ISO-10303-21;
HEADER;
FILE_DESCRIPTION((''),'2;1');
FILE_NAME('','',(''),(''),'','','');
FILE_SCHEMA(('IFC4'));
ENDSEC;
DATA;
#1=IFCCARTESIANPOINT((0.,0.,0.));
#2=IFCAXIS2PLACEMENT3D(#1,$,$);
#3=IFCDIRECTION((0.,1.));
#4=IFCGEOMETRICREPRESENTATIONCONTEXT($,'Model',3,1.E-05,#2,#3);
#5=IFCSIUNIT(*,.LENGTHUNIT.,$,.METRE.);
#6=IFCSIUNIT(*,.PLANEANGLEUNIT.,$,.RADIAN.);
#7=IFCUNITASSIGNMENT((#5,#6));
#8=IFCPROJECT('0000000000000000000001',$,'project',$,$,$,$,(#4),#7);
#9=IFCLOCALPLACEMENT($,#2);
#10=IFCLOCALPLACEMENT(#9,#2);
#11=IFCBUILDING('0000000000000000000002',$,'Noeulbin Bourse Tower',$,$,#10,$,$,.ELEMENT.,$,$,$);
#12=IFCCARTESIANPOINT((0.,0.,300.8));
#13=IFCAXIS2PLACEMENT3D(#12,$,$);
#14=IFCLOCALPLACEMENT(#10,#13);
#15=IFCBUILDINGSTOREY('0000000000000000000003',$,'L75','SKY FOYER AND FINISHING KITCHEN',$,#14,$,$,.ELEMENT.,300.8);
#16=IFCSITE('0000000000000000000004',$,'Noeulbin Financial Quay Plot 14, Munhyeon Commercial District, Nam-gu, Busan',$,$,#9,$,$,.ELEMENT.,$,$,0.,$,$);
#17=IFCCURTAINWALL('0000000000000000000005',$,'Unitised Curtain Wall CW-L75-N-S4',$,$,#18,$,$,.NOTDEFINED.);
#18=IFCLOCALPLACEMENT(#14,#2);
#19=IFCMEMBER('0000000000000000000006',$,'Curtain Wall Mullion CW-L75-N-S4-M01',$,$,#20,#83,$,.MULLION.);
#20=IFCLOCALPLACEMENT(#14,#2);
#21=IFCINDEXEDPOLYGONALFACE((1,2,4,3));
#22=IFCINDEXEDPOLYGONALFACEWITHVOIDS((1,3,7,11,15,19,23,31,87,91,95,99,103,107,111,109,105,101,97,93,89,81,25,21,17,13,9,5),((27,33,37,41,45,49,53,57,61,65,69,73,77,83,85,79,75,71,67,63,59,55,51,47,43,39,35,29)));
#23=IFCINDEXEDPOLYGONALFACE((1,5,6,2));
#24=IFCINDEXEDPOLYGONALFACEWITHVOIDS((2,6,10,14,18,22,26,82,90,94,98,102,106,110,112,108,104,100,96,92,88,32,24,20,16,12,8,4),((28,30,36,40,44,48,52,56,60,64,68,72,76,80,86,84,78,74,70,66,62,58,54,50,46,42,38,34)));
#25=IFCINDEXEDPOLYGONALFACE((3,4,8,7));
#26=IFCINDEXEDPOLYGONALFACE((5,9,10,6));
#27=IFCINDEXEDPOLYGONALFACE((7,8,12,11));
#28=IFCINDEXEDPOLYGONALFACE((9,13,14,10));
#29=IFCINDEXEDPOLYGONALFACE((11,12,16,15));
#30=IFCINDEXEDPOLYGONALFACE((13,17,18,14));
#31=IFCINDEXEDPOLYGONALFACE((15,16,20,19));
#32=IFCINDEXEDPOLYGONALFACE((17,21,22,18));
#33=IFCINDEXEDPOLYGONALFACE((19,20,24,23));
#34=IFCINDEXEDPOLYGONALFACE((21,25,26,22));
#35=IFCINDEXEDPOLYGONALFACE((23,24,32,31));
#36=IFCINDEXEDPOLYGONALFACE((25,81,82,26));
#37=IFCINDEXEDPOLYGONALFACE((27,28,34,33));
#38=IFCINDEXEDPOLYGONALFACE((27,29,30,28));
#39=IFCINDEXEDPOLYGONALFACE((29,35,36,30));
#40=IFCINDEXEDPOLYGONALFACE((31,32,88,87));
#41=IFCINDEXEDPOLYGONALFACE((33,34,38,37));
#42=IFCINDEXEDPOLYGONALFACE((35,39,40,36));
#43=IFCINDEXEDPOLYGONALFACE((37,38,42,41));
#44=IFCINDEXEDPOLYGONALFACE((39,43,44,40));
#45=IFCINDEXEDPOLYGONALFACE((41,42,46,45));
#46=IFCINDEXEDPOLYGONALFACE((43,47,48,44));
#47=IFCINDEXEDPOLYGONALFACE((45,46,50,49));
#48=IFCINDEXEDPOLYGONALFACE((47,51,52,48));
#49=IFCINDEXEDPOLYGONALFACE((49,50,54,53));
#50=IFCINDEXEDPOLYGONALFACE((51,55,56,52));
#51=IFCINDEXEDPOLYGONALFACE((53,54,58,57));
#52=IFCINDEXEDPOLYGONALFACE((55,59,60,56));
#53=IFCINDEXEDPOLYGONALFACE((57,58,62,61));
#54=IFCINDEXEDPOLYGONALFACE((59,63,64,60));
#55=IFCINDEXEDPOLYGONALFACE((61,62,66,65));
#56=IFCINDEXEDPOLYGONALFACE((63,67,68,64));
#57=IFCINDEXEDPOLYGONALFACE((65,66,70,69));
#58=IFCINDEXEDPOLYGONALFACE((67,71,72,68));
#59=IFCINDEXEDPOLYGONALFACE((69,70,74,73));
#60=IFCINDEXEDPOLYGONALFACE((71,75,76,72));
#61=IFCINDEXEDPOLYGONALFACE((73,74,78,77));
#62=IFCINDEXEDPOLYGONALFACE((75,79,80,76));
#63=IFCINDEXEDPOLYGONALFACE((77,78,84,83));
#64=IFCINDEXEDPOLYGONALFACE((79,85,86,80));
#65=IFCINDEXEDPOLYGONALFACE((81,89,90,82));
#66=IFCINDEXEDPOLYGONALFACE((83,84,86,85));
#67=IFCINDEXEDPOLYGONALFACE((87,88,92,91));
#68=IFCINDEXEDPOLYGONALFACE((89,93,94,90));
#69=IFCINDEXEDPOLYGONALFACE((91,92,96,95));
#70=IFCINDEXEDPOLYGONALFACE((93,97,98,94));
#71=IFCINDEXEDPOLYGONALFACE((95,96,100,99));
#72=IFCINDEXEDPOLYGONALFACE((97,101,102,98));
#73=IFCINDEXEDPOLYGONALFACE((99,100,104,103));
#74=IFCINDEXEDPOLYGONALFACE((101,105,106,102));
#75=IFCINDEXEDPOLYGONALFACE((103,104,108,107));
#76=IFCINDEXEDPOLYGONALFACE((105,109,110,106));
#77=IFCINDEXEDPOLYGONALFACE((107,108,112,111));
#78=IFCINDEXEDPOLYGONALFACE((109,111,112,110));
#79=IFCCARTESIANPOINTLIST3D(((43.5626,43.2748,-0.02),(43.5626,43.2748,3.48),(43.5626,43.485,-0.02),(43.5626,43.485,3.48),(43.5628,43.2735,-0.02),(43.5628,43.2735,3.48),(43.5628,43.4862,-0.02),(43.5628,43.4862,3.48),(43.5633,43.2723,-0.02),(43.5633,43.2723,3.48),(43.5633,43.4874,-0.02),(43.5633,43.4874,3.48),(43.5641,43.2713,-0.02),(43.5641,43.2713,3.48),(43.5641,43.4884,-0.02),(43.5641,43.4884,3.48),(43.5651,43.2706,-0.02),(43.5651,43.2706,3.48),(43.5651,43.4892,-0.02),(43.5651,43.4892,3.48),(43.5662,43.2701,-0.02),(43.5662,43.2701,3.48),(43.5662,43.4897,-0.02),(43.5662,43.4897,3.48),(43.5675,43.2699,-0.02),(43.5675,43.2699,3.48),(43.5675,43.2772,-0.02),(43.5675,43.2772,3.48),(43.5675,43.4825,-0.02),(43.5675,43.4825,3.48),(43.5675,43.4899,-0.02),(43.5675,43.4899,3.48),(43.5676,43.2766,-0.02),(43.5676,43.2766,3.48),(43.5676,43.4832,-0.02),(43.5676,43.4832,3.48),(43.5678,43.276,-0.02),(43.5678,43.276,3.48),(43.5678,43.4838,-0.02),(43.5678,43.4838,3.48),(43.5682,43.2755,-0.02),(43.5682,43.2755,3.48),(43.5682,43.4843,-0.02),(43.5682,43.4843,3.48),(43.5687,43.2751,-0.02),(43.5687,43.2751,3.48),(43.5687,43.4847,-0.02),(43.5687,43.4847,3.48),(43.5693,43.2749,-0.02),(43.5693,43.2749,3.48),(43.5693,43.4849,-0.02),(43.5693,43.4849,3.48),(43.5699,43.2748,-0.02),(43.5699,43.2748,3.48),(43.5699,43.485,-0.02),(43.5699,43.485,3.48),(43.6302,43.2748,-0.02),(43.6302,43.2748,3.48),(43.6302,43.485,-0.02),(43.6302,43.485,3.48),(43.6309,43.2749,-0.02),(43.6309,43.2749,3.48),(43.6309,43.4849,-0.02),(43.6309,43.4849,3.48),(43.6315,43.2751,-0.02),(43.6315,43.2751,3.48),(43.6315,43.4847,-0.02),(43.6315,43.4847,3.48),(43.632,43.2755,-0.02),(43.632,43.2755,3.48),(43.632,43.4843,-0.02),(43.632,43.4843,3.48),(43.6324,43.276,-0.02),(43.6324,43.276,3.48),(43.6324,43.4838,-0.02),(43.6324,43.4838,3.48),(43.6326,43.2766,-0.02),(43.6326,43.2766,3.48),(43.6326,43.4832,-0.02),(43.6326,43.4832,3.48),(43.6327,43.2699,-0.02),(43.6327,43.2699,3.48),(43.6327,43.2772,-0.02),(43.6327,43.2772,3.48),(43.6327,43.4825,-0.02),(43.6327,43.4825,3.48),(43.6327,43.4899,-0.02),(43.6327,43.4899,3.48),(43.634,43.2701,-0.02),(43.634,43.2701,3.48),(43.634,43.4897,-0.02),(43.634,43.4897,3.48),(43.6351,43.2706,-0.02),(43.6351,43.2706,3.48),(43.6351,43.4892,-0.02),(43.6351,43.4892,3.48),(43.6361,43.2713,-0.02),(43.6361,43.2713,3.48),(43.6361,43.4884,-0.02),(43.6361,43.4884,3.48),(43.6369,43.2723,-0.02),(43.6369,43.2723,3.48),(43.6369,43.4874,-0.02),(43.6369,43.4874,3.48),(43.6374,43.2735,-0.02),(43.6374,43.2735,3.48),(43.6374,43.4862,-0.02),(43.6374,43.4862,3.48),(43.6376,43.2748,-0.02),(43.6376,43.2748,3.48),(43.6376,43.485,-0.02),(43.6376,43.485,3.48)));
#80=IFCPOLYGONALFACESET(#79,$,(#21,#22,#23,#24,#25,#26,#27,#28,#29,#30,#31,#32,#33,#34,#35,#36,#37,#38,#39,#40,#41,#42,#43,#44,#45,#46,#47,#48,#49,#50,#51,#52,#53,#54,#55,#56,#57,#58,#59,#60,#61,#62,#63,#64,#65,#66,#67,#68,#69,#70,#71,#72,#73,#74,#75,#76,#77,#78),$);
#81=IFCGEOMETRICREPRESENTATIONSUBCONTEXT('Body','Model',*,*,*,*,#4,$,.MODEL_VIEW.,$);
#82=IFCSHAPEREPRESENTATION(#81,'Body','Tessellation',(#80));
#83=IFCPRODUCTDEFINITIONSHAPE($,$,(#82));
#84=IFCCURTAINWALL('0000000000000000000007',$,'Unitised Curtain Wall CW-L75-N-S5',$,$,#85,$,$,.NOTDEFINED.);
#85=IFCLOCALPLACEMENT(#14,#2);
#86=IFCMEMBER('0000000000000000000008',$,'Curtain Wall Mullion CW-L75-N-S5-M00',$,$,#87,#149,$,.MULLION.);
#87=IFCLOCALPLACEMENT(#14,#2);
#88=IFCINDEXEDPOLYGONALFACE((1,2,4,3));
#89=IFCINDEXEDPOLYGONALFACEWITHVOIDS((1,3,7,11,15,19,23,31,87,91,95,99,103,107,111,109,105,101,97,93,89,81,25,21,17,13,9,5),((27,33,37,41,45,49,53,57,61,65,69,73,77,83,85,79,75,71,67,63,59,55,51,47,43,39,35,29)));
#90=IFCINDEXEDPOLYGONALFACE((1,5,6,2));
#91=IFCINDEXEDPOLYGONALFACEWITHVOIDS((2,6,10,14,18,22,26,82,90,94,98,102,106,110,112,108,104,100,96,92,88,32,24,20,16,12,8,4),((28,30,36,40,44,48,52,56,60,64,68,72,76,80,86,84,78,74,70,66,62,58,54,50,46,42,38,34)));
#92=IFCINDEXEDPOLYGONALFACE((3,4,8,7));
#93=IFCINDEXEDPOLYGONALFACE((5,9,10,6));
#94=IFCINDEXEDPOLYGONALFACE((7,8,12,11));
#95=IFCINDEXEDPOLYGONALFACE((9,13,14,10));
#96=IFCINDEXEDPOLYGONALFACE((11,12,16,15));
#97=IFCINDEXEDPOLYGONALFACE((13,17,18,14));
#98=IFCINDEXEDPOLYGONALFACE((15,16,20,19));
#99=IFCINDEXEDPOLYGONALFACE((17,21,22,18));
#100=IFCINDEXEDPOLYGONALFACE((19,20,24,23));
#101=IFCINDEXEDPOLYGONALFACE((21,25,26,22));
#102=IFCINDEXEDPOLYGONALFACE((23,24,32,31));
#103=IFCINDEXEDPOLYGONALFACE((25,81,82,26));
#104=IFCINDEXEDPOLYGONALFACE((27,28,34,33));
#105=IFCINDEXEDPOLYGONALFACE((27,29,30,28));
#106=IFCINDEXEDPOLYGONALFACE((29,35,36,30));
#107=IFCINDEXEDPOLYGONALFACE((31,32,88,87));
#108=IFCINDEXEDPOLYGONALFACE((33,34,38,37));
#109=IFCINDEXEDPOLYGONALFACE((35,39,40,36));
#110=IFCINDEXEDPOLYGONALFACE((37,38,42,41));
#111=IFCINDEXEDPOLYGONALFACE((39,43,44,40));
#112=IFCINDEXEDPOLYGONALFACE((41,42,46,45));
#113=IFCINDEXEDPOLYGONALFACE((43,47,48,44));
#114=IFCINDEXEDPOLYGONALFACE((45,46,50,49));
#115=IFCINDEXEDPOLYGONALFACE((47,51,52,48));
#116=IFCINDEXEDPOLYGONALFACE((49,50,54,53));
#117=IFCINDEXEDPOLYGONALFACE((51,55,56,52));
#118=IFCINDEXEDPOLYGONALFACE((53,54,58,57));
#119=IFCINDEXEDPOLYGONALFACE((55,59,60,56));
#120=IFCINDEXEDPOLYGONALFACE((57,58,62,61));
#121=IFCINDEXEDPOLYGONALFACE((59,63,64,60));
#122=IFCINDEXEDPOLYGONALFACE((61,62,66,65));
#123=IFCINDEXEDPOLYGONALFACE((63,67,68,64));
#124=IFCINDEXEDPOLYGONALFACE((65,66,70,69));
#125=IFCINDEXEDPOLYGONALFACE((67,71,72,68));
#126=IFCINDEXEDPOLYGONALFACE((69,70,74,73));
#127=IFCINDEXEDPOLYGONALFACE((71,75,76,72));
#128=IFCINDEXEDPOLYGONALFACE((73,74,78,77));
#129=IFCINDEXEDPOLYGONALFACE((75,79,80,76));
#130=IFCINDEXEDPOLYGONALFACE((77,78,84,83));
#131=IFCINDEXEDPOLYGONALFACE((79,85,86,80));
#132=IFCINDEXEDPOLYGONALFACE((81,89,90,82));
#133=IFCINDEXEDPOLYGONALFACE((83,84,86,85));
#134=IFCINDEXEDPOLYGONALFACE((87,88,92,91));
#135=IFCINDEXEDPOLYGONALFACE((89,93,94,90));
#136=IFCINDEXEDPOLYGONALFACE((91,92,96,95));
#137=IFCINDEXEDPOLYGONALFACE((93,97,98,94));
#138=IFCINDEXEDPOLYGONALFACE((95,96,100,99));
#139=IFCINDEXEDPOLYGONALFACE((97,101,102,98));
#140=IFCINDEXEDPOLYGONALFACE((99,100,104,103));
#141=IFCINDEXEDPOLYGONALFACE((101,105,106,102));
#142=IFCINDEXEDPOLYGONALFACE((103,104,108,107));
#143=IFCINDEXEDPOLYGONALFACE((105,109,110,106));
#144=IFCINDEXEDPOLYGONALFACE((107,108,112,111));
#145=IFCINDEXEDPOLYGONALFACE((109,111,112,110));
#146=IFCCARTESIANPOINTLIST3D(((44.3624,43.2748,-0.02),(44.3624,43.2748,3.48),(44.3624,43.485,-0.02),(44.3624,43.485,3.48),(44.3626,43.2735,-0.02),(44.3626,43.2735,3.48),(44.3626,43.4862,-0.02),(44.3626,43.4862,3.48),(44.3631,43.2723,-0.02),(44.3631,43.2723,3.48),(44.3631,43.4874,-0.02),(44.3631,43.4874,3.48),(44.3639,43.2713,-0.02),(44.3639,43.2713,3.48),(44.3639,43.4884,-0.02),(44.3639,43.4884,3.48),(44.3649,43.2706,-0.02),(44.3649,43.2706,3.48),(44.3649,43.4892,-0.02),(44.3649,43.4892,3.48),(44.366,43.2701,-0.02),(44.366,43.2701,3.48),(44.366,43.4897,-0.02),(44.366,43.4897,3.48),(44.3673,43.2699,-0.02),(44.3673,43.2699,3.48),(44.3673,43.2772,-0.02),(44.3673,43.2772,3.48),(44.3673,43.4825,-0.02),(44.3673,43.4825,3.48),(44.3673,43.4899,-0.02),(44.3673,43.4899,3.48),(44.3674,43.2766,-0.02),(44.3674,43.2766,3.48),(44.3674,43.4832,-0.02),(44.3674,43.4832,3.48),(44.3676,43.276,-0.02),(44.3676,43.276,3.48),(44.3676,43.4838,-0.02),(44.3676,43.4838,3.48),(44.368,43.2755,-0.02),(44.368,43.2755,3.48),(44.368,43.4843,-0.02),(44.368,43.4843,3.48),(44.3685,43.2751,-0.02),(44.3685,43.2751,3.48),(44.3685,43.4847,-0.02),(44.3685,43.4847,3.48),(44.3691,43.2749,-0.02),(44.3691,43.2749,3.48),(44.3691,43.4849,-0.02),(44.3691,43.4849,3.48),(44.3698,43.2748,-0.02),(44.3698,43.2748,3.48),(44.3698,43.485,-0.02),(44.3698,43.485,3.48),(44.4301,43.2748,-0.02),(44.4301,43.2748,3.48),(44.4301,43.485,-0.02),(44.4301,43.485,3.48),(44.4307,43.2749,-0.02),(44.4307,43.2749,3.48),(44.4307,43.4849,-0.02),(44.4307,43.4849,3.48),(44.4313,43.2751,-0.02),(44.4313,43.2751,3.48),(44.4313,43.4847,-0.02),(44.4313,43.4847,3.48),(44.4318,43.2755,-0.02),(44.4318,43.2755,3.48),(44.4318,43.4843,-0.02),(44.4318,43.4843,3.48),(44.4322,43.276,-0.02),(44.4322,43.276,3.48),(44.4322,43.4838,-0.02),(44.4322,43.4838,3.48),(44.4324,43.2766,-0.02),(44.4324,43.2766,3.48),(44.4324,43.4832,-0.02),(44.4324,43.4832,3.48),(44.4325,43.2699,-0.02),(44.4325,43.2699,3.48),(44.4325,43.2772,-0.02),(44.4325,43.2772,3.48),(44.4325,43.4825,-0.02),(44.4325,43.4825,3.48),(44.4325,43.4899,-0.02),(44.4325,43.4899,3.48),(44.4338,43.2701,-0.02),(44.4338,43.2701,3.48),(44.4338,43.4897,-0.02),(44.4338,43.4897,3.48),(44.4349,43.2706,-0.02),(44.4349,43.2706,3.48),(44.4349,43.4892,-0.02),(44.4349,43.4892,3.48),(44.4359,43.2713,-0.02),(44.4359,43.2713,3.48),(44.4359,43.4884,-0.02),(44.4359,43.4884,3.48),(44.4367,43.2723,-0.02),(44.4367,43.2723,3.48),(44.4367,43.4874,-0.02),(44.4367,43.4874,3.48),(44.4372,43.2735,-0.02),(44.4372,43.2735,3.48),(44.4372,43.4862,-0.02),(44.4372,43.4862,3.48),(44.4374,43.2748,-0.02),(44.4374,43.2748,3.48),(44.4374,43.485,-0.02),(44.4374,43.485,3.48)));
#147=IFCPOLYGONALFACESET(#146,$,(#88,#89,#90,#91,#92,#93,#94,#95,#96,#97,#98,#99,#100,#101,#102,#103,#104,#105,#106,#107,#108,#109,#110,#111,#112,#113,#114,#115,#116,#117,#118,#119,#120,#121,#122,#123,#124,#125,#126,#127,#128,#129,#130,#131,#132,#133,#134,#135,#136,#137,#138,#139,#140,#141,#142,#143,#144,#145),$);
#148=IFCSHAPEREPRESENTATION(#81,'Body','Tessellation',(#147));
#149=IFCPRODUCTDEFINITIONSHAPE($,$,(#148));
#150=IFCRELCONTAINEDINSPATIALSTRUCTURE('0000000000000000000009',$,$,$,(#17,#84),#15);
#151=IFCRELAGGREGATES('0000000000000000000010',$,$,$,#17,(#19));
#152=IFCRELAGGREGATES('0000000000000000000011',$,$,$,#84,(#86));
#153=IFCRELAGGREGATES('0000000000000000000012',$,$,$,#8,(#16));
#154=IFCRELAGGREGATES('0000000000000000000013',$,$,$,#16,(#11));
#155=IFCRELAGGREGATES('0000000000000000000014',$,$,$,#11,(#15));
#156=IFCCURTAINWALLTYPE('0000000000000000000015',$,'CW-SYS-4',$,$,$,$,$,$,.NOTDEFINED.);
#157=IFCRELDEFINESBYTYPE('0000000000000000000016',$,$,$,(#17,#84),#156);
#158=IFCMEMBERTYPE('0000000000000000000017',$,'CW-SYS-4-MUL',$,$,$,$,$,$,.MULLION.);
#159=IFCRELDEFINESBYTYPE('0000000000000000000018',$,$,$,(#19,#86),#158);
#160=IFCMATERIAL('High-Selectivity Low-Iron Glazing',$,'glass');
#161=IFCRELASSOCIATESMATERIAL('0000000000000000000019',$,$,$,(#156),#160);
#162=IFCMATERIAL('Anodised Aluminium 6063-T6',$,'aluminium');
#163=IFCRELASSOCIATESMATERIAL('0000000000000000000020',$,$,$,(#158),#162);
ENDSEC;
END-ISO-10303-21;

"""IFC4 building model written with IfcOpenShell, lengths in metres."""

from ifc_helpers import new_model, si_unit, direction, frame, origin, origin_2d, place, context, subcontext, project, spatial, hollow_rectangle, extrude, material, material_profile, profile_set, type_object, element, aggregate, save


model = new_model("IFC4")

# Units and contexts
model_context = context("Model", 3, precision=1e-05, world=origin(), true_north=direction((0.0, 1.0)))
body_context = subcontext(model_context, "Body", "Model", "MODEL_VIEW")
ifc_project = project(units=[si_unit("LENGTHUNIT", "METRE"), si_unit("PLANEANGLEUNIT", "RADIAN")], contexts=[model_context])

# Site, building, storey
site_placement = place(None, origin())
site = spatial("IfcSite", under=ifc_project, at=site_placement, Name="Noeulbin Financial Quay Plot 14, Munhyeon Commercial District, Nam-gu, Busan", CompositionType="ELEMENT", RefElevation=0.0)
building_placement = place(site_placement, origin())
building = spatial("IfcBuilding", under=site, at=building_placement, Name="Noeulbin Bourse Tower", CompositionType="ELEMENT")
storey_placement = place(building_placement, frame((0.0, 0.0, 300.8)))
storey = spatial("IfcBuildingStorey", under=building, at=storey_placement, Name="L75", Description="SKY FOYER AND FINISHING KITCHEN", CompositionType="ELEMENT", Elevation=300.8)

# Curtain wall, member
ifc_material_1 = material(Name="High-Selectivity Low-Iron Glazing", Category="glass")
curtain_wall_type = type_object("IfcCurtainWallType", Name="CW-SYS-4", PredefinedType="NOTDEFINED", material=ifc_material_1)
curtain_wall_1_placement = place(storey_placement, origin())
curtain_wall_1 = element("IfcCurtainWall", 1, at=curtain_wall_1_placement, inside=storey, type_object=curtain_wall_type, Name="Unitised Curtain Wall CW-L75-N-S4", PredefinedType="NOTDEFINED")
ifc_material_2 = material(Name="Anodised Aluminium 6063-T6", Category="aluminium")
ifc_material_profile_1 = material_profile(ifc_material_2, hollow_rectangle(XDim=0.075, YDim=0.22, WallThickness=0.0049, InnerFilletRadius=0.0024, OuterFilletRadius=0.0049, at=origin_2d()), Name="ALU-MULL-75x220x5", Category="LoadBearing")
ifc_profile_set_1 = profile_set([ifc_material_profile_1], Name="Anodised Aluminium 6063-T6")
member_type_1 = type_object("IfcMemberType", Name="CW-SYS-4-MUL", PredefinedType="MULLION", material=ifc_profile_set_1)
member_1_placement = place(storey_placement, frame((43.6001, 43.3799, -0.02), z_axis=(0.0, 0.0, 1.0), x_axis=(1.0, 0.0, 0.0)))
member_1 = element("IfcMember", 2, at=member_1_placement, type_object=member_type_1, Name="Curtain Wall Mullion CW-L75-N-S4-M01", PredefinedType="MULLION", context=body_context, shape_type="SweptSolid", body=[
    extrude(hollow_rectangle(XDim=0.075, YDim=0.22, WallThickness=0.0049, InnerFilletRadius=0.0024, OuterFilletRadius=0.0049, at=origin_2d()), origin(), (0.0, 0.0, 1.0), 3.5),
])
aggregate(curtain_wall_1, [member_1])

# Curtain wall, member
curtain_wall_2_placement = place(storey_placement, origin())
curtain_wall_2 = element("IfcCurtainWall", 3, at=curtain_wall_2_placement, inside=storey, type_object=curtain_wall_type, Name="Unitised Curtain Wall CW-L75-N-S5", PredefinedType="NOTDEFINED")
member_2_placement = place(storey_placement, frame((44.3999, 43.3799, -0.02), z_axis=(0.0, 0.0, 1.0), x_axis=(1.0, 0.0, 0.0)))
member_2 = element("IfcMember", 4, at=member_2_placement, type_object=member_type_1, Name="Curtain Wall Mullion CW-L75-N-S5-M00", PredefinedType="MULLION", context=body_context, shape_type="SweptSolid", body=[
    extrude(hollow_rectangle(XDim=0.075, YDim=0.22, WallThickness=0.0049, InnerFilletRadius=0.0024, OuterFilletRadius=0.0049, at=origin_2d()), origin(), (0.0, 0.0, 1.0), 3.5),
])

aggregate(curtain_wall_2, [member_2])

save(model, "model.ifc")
